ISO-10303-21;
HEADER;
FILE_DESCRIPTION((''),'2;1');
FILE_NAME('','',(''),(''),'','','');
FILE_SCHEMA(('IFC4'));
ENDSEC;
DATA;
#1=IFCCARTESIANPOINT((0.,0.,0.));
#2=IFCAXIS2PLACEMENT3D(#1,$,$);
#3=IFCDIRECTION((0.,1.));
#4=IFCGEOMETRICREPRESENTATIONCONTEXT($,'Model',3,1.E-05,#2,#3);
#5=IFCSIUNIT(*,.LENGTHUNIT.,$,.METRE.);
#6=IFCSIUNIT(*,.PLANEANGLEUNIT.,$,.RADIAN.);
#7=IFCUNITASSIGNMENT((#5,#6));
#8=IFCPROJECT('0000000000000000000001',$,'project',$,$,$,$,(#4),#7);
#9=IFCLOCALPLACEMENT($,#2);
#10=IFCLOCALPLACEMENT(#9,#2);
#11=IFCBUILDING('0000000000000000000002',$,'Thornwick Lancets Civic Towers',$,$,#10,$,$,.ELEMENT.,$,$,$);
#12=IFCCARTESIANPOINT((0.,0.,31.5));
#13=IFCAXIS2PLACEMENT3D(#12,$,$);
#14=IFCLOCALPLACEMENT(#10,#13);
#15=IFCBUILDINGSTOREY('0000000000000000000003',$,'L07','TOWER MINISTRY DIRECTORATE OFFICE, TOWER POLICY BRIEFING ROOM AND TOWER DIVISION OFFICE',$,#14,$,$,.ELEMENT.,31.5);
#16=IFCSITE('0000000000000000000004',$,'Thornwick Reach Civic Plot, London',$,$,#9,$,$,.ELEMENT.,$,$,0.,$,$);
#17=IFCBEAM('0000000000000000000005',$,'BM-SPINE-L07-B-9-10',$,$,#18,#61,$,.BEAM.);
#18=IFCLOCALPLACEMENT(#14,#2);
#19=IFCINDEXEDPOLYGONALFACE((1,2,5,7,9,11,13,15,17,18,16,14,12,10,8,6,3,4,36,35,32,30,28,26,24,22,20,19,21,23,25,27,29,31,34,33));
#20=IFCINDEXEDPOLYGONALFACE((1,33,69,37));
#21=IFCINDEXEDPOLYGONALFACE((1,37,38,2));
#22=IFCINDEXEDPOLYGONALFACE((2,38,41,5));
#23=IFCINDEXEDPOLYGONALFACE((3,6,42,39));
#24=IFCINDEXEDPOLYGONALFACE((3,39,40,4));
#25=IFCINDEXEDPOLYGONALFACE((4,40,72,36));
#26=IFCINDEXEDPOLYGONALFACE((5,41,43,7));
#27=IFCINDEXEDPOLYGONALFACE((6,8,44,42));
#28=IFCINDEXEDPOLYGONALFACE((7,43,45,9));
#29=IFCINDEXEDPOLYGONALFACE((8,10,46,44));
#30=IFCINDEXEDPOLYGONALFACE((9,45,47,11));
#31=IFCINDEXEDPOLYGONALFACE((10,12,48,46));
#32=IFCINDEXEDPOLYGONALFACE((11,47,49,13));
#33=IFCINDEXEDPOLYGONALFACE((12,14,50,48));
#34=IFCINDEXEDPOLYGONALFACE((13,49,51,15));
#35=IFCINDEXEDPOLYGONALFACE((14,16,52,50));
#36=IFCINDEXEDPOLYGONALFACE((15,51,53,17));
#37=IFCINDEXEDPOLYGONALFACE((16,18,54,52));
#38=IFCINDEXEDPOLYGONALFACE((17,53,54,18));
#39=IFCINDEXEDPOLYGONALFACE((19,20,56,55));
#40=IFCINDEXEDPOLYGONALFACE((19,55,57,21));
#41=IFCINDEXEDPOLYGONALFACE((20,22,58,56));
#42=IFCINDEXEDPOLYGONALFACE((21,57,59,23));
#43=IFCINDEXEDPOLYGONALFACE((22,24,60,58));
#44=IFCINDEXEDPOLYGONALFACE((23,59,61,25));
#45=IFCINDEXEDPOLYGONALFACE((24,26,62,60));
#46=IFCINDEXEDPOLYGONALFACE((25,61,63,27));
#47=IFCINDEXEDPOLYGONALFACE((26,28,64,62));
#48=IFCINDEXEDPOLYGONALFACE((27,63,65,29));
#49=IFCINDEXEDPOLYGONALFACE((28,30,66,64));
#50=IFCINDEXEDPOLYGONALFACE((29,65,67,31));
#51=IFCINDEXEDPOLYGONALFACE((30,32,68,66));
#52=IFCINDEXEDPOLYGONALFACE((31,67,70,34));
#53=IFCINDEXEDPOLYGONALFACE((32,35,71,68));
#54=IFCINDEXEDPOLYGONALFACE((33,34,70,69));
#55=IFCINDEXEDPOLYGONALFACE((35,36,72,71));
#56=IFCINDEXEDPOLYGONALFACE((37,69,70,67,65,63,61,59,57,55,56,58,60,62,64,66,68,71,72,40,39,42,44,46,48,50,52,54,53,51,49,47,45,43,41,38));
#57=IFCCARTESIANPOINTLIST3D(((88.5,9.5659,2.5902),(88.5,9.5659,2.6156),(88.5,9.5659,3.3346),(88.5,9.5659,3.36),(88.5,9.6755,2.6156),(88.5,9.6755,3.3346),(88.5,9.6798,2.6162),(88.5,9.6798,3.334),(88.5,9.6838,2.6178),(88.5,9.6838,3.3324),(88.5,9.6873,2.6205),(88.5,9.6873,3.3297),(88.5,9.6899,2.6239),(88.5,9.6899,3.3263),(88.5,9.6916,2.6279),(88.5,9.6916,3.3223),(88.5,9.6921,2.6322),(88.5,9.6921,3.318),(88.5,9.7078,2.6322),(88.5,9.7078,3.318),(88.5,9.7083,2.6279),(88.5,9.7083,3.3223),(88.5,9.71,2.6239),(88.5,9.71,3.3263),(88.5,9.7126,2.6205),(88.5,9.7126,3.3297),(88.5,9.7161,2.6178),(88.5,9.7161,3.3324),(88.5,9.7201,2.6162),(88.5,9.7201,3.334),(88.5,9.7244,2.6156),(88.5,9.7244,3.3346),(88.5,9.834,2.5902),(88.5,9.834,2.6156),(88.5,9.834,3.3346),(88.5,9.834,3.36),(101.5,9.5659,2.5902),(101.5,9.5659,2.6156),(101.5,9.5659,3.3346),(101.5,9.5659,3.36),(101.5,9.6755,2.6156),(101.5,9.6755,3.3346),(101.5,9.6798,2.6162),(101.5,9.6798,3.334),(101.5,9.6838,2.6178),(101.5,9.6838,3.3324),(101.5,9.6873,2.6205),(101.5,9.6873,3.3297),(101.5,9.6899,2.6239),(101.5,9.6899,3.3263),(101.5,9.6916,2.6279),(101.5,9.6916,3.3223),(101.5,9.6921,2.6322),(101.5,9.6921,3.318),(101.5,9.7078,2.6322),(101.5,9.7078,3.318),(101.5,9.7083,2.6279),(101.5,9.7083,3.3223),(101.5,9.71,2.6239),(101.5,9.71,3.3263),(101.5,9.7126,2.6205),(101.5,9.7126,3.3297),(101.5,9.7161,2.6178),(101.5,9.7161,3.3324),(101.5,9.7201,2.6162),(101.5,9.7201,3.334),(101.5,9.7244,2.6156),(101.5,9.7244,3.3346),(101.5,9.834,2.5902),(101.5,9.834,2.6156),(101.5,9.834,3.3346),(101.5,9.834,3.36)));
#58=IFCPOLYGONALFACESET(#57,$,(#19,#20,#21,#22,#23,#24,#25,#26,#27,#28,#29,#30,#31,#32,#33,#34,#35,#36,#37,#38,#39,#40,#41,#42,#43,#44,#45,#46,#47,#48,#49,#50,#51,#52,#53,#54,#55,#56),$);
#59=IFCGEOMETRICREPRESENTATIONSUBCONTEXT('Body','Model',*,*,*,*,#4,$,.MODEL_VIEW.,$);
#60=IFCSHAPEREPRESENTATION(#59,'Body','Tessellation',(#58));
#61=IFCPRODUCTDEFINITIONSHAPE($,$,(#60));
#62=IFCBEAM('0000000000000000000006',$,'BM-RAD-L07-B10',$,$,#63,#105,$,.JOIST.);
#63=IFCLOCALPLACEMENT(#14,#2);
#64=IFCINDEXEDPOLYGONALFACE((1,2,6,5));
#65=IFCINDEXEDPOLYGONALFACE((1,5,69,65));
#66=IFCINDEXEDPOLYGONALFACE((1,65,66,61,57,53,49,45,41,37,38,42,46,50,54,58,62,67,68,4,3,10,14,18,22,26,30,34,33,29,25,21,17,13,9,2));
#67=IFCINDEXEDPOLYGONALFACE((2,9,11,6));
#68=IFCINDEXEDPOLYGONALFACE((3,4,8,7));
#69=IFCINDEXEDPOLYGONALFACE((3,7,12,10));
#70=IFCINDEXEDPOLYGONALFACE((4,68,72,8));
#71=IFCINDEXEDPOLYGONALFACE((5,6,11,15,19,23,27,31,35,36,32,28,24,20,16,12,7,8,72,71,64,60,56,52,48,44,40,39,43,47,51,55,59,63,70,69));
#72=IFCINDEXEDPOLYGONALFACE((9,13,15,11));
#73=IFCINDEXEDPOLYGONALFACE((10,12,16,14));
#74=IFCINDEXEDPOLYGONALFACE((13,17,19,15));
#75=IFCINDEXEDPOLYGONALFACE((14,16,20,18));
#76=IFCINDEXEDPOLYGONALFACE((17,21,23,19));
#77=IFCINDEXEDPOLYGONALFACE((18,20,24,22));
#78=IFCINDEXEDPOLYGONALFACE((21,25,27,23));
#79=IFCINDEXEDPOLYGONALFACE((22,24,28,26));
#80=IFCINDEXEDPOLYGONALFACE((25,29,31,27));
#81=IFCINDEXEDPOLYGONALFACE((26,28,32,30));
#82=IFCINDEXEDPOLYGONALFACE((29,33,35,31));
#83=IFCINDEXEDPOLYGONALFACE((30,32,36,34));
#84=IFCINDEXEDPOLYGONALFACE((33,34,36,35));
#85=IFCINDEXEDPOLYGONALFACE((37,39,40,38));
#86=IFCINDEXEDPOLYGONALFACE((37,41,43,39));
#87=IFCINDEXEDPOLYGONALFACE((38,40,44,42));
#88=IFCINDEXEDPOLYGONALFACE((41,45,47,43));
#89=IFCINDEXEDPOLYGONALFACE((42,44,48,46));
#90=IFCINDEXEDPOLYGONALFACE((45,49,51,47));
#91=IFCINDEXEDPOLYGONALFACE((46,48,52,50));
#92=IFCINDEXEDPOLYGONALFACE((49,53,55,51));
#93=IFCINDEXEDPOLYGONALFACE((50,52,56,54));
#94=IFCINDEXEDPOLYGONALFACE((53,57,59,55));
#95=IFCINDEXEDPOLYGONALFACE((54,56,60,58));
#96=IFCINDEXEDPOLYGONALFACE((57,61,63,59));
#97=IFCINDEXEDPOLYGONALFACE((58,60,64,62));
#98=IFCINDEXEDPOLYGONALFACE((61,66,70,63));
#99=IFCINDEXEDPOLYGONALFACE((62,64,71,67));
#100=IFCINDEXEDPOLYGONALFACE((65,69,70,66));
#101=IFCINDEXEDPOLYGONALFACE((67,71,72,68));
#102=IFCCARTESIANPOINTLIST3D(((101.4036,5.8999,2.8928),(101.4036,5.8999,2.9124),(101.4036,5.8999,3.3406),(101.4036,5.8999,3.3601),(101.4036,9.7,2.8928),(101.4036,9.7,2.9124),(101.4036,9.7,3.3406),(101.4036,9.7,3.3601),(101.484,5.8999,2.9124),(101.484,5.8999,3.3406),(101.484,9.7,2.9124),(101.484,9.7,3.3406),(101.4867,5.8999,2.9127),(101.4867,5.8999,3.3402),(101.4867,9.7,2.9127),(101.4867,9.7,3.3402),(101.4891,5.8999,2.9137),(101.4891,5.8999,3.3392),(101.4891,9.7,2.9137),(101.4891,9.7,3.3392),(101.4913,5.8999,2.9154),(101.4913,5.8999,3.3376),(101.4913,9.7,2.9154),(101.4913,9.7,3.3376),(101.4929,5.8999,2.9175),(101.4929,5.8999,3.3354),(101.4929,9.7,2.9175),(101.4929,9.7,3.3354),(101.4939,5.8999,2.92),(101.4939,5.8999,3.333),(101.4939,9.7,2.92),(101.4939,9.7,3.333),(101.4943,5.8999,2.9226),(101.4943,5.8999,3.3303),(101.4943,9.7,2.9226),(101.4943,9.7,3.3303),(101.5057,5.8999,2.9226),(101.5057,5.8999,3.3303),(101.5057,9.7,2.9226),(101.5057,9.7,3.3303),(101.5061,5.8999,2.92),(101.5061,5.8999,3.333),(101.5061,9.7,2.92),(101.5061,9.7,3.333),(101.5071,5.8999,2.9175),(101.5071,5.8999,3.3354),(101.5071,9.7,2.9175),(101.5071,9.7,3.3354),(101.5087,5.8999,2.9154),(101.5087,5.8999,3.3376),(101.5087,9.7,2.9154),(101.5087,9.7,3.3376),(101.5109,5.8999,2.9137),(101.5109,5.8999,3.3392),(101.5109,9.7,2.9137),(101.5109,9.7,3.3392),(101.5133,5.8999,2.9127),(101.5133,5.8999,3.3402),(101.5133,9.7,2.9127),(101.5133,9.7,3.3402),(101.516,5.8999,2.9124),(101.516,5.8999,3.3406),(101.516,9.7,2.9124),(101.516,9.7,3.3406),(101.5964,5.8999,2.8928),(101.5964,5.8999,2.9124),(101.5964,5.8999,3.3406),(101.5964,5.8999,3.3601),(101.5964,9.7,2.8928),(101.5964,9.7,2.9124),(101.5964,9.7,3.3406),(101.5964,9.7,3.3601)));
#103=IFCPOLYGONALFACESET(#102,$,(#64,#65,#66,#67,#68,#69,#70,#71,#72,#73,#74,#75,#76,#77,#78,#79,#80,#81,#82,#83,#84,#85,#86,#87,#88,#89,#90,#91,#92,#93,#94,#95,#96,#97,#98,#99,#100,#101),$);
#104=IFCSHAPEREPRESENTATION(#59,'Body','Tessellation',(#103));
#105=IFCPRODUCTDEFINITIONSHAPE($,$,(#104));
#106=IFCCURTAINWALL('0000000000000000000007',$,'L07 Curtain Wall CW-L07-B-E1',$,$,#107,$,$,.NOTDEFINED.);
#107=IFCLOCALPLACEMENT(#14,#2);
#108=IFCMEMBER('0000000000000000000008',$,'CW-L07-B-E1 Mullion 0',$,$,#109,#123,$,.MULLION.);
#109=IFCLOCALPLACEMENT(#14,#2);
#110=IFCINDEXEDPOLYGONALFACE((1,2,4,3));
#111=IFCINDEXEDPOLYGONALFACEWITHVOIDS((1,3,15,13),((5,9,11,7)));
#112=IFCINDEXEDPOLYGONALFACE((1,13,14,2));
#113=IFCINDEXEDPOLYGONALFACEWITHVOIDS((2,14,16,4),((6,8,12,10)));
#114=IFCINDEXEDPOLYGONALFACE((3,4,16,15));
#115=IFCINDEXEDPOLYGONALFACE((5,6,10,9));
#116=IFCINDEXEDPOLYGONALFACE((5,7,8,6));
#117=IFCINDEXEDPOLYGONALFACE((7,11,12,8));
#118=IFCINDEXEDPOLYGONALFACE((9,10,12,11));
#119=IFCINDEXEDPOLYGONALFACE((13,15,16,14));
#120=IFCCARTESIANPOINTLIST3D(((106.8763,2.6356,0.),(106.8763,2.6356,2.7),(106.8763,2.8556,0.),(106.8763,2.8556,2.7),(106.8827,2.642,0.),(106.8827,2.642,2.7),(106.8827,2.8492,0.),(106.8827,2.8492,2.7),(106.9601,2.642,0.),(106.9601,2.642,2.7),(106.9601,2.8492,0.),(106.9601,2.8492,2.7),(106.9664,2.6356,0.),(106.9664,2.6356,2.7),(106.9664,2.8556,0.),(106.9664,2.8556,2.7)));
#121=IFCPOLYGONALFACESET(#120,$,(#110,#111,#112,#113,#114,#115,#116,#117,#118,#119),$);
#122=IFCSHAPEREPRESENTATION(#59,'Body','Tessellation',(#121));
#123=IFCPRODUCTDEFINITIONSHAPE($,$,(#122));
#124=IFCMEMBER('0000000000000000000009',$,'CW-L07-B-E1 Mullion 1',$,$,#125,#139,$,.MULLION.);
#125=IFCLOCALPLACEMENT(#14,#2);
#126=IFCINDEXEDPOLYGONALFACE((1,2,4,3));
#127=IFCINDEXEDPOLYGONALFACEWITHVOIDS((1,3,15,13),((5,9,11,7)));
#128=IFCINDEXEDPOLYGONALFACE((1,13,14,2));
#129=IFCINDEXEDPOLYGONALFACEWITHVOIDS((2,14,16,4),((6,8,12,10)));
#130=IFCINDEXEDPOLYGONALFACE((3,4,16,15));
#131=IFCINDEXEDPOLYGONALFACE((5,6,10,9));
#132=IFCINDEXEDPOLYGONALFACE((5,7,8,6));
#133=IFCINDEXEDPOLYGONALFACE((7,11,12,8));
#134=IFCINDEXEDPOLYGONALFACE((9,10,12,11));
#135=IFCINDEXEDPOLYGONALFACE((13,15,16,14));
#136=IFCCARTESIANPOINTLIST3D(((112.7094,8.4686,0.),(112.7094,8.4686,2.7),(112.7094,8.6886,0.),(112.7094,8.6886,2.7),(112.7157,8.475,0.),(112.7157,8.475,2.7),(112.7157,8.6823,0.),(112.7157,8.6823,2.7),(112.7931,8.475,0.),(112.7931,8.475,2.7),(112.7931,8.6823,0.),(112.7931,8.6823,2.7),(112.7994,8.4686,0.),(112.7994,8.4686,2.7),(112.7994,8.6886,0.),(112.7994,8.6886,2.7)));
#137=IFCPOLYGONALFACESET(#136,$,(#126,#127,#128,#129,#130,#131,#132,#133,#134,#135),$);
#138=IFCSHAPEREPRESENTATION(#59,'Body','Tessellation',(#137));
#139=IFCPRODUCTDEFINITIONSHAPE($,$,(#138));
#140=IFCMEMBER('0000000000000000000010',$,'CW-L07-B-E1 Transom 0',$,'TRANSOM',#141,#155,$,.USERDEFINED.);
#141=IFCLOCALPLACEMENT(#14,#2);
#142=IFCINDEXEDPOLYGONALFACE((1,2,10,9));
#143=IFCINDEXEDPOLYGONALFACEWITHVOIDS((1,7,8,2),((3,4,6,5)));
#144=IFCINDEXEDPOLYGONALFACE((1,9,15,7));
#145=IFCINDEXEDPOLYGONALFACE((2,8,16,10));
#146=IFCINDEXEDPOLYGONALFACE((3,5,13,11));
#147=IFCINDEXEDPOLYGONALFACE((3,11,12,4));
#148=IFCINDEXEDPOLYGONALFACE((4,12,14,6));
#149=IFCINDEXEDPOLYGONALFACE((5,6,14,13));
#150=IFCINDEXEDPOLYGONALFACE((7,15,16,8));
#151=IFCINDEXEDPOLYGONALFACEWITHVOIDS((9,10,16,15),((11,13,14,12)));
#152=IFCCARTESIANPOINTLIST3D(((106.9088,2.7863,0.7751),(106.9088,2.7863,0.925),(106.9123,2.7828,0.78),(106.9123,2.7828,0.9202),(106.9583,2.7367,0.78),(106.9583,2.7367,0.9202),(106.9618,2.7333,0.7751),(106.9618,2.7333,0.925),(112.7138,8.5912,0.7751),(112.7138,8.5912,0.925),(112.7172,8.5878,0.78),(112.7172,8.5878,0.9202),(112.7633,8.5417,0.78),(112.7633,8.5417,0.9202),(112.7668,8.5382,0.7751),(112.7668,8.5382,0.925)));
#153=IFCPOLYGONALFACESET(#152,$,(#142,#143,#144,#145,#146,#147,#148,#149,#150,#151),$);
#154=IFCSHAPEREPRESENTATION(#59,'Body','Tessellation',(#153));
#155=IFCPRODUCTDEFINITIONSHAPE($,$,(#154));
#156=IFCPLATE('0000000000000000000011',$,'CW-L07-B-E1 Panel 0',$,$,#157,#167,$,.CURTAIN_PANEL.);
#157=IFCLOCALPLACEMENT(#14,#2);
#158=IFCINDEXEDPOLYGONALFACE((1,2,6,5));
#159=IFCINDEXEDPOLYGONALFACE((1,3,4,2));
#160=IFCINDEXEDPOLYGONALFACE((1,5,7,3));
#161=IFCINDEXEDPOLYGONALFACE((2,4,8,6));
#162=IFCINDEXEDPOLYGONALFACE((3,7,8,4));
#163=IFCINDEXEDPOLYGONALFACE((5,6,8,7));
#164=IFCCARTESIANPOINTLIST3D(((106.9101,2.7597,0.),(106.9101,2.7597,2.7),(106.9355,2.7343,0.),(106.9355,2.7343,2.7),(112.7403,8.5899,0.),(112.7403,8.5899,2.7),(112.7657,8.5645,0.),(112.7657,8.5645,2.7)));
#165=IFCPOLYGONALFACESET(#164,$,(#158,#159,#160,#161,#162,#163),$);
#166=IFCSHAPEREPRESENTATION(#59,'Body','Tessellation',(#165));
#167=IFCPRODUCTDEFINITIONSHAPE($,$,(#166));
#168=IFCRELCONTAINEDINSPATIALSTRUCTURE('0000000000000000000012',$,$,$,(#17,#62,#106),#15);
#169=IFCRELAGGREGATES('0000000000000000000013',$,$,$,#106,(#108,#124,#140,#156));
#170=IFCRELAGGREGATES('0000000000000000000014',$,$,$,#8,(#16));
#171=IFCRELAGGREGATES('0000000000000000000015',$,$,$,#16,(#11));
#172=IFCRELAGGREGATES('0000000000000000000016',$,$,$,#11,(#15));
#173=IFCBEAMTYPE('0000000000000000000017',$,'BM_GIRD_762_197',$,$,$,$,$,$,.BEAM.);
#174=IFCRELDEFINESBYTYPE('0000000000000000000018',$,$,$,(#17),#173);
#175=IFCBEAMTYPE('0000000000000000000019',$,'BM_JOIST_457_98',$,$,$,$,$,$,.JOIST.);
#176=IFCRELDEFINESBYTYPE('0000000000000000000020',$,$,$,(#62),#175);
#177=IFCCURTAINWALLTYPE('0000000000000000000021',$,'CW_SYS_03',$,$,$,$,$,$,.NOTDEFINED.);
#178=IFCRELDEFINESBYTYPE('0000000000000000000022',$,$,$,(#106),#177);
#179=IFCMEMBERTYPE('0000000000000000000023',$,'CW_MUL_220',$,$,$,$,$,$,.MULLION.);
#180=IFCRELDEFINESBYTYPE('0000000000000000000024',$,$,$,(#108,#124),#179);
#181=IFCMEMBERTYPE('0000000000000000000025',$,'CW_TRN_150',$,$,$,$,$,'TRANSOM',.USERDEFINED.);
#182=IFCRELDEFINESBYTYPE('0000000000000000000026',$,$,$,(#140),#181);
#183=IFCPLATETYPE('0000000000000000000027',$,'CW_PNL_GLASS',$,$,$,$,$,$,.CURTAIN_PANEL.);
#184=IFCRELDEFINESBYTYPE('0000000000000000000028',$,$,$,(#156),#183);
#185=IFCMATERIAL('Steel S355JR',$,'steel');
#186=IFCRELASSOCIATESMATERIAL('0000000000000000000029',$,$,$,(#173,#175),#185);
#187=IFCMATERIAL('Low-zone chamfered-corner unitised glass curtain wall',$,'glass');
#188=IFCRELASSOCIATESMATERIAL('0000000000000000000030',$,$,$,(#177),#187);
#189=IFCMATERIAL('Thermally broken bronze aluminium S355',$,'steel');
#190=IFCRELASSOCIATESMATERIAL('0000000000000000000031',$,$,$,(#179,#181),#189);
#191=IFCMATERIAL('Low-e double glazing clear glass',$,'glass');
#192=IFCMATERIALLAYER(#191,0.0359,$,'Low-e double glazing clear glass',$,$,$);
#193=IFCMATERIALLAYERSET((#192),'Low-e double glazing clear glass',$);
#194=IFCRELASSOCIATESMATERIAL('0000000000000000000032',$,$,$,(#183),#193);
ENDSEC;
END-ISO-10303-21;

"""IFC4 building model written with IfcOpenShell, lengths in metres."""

from ifc_helpers import new_model, si_unit, direction, frame, origin, origin_2d, place, context, subcontext, project, spatial, rectangle, hollow_rectangle, i_section, extrude, material, layer, layer_set, material_profile, profile_set, type_object, element, aggregate, save


model = new_model("IFC4")

# Units and contexts
model_context = context("Model", 3, precision=1e-05, world=origin(), true_north=direction((0.0, 1.0)))
body_context = subcontext(model_context, "Body", "Model", "MODEL_VIEW")
ifc_project = project(units=[si_unit("LENGTHUNIT", "METRE"), si_unit("PLANEANGLEUNIT", "RADIAN")], contexts=[model_context])

# Site, building, storey
site_placement = place(None, origin())
site = spatial("IfcSite", under=ifc_project, at=site_placement, Name="Thornwick Reach Civic Plot, London", CompositionType="ELEMENT", RefElevation=0.0)
building_placement = place(site_placement, origin())
building = spatial("IfcBuilding", under=site, at=building_placement, Name="Thornwick Lancets Civic Towers", CompositionType="ELEMENT")
storey_placement = place(building_placement, frame((0.0, 0.0, 31.5)))
storey = spatial("IfcBuildingStorey", under=building, at=storey_placement, Name="L07", Description="TOWER MINISTRY DIRECTORATE OFFICE, TOWER POLICY BRIEFING ROOM AND TOWER DIVISION OFFICE", CompositionType="ELEMENT", Elevation=31.5)

# Beams
ifc_material_1 = material(Name="Steel S355JR", Category="steel")
ifc_material_profile_1 = material_profile(ifc_material_1, i_section(OverallWidth=0.2681, OverallDepth=0.7698, WebThickness=0.0156, FlangeThickness=0.0254, FilletRadius=0.0166, at=origin_2d()), Name="UKB 762x267x197")
ifc_profile_set_1 = profile_set([ifc_material_profile_1], Name="Steel S355JR")
beam_type_1 = type_object("IfcBeamType", Name="BM_GIRD_762_197", PredefinedType="BEAM", material=ifc_profile_set_1)
for number, where, z_axis, x_axis, name in (
    (1, (101.5, 9.7, 2.9751), (-1.0, 0.0, 0.0), (0.0, -1.0, 0.0), "BM-SPINE-L07-B-9-10"),
):
    element("IfcBeam", number, at=place(storey_placement, frame(where, z_axis=z_axis, x_axis=x_axis)), inside=storey, type_object=beam_type_1, Name=name, PredefinedType="BEAM", context=body_context, shape_type="SweptSolid", body=[
        extrude(i_section(OverallWidth=0.2681, OverallDepth=0.7698, WebThickness=0.0156, FlangeThickness=0.0254, FilletRadius=0.0166, at=origin_2d()), origin(), (0.0, 0.0, 1.0), 13.0),
    ])
ifc_material_profile_2 = material_profile(ifc_material_1, i_section(OverallWidth=0.1929, OverallDepth=0.4673, WebThickness=0.0115, FlangeThickness=0.0195, FilletRadius=0.0103, at=origin_2d()), Name="UKB 457x191x98")
ifc_profile_set_2 = profile_set([ifc_material_profile_2], Name="Steel S355JR")
beam_type_2 = type_object("IfcBeamType", Name="BM_JOIST_457_98", PredefinedType="JOIST", material=ifc_profile_set_2)
beam_1_placement = place(storey_placement, frame((101.5, 9.7, 3.1265), z_axis=(0.0, -1.0, 0.0), x_axis=(1.0, 0.0, 0.0)))
element("IfcBeam", 2, at=beam_1_placement, inside=storey, type_object=beam_type_2, Name="BM-RAD-L07-B10", PredefinedType="JOIST", context=body_context, shape_type="SweptSolid", body=[
    extrude(i_section(OverallWidth=0.1929, OverallDepth=0.4673, WebThickness=0.0115, FlangeThickness=0.0195, FilletRadius=0.0103, at=origin_2d()), origin(), (0.0, 0.0, 1.0), 3.8),
])

# Curtain wall, members, plate
ifc_material_2 = material(Name="Low-zone chamfered-corner unitised glass curtain wall", Category="glass")
curtain_wall_type = type_object("IfcCurtainWallType", Name="CW_SYS_03", PredefinedType="NOTDEFINED", material=ifc_material_2)
curtain_wall_placement = place(storey_placement, origin())
curtain_wall = element("IfcCurtainWall", 3, at=curtain_wall_placement, inside=storey, type_object=curtain_wall_type, Name="L07 Curtain Wall CW-L07-B-E1", PredefinedType="NOTDEFINED")
ifc_material_3 = material(Name="Thermally broken bronze aluminium S355", Category="steel")
ifc_material_profile_3 = material_profile(ifc_material_3, hollow_rectangle(XDim=0.0901, YDim=0.22, WallThickness=0.0063, at=origin_2d()), Name="RHS 220x90x6.3")
ifc_profile_set_3 = profile_set([ifc_material_profile_3], Name="Thermally broken bronze aluminium S355")
member_type_1 = type_object("IfcMemberType", Name="CW_MUL_220", PredefinedType="MULLION", material=ifc_profile_set_3)
member_1_placement = place(storey_placement, frame((106.9214, 2.7456, 0.0), z_axis=(0.0, 0.0, 1.0), x_axis=(1.0, 0.0, 0.0)))
member_1 = element("IfcMember", 4, at=member_1_placement, type_object=member_type_1, Name="CW-L07-B-E1 Mullion 0", PredefinedType="MULLION", context=body_context, shape_type="SweptSolid", body=[
    extrude(hollow_rectangle(XDim=0.0901, YDim=0.22, WallThickness=0.0063, at=origin_2d()), origin(), (0.0, 0.0, 1.0), 2.7),
])
member_2_placement = place(storey_placement, frame((112.7544, 8.5786, 0.0), z_axis=(0.0, 0.0, 1.0), x_axis=(1.0, 0.0, 0.0)))
member_2 = element("IfcMember", 5, at=member_2_placement, type_object=member_type_1, Name="CW-L07-B-E1 Mullion 1", PredefinedType="MULLION", context=body_context, shape_type="SweptSolid", body=[
    extrude(hollow_rectangle(XDim=0.0901, YDim=0.22, WallThickness=0.0063, at=origin_2d()), origin(), (0.0, 0.0, 1.0), 2.7),
])
ifc_material_profile_4 = material_profile(ifc_material_3, hollow_rectangle(XDim=0.075, YDim=0.1499, WallThickness=0.0049, at=origin_2d()), Name="RHS 150x75x5")
ifc_profile_set_4 = profile_set([ifc_material_profile_4], Name="Thermally broken bronze aluminium S355")
member_type_2 = type_object("IfcMemberType", Name="CW_TRN_150", ElementType="TRANSOM", PredefinedType="USERDEFINED", material=ifc_profile_set_4)
member_3_placement = place(storey_placement, frame((106.9353, 2.7598, 0.8501), z_axis=(0.707107, 0.707107, 0.0), x_axis=(-0.707107, 0.707107, 0.0)))
member_3 = element("IfcMember", 6, at=member_3_placement, type_object=member_type_2, Name="CW-L07-B-E1 Transom 0", ObjectType="TRANSOM", PredefinedType="USERDEFINED", context=body_context, shape_type="SweptSolid", body=[
    extrude(hollow_rectangle(XDim=0.075, YDim=0.1499, WallThickness=0.0049, at=origin_2d()), origin(), (0.0, 0.0, 1.0), 8.2095),
])
ifc_material_4 = material(Name="Low-e double glazing clear glass", Category="glass")
ifc_layer_1 = layer(ifc_material_4, 0.0359, Name="Low-e double glazing clear glass")
ifc_layer_set_1 = layer_set([ifc_layer_1], Name="Low-e double glazing clear glass")
plate_type = type_object("IfcPlateType", Name="CW_PNL_GLASS", PredefinedType="CURTAIN_PANEL", material=ifc_layer_set_1)
plate_placement = place(storey_placement, frame((109.8379, 5.6621, 0.0), z_axis=(0.0, 0.0, 1.0), x_axis=(0.707107, 0.707107, 0.0)))
plate = element("IfcPlate", 7, at=plate_placement, type_object=plate_type, Name="CW-L07-B-E1 Panel 0", PredefinedType="CURTAIN_PANEL", context=body_context, shape_type="SweptSolid", body=[
    extrude(rectangle(XDim=8.2451, YDim=0.0359, at=origin_2d()), origin(), (0.0, 0.0, 1.0), 2.7),
])
aggregate(curtain_wall, [member_1, member_2, member_3, plate])

save(model, "model.ifc")
